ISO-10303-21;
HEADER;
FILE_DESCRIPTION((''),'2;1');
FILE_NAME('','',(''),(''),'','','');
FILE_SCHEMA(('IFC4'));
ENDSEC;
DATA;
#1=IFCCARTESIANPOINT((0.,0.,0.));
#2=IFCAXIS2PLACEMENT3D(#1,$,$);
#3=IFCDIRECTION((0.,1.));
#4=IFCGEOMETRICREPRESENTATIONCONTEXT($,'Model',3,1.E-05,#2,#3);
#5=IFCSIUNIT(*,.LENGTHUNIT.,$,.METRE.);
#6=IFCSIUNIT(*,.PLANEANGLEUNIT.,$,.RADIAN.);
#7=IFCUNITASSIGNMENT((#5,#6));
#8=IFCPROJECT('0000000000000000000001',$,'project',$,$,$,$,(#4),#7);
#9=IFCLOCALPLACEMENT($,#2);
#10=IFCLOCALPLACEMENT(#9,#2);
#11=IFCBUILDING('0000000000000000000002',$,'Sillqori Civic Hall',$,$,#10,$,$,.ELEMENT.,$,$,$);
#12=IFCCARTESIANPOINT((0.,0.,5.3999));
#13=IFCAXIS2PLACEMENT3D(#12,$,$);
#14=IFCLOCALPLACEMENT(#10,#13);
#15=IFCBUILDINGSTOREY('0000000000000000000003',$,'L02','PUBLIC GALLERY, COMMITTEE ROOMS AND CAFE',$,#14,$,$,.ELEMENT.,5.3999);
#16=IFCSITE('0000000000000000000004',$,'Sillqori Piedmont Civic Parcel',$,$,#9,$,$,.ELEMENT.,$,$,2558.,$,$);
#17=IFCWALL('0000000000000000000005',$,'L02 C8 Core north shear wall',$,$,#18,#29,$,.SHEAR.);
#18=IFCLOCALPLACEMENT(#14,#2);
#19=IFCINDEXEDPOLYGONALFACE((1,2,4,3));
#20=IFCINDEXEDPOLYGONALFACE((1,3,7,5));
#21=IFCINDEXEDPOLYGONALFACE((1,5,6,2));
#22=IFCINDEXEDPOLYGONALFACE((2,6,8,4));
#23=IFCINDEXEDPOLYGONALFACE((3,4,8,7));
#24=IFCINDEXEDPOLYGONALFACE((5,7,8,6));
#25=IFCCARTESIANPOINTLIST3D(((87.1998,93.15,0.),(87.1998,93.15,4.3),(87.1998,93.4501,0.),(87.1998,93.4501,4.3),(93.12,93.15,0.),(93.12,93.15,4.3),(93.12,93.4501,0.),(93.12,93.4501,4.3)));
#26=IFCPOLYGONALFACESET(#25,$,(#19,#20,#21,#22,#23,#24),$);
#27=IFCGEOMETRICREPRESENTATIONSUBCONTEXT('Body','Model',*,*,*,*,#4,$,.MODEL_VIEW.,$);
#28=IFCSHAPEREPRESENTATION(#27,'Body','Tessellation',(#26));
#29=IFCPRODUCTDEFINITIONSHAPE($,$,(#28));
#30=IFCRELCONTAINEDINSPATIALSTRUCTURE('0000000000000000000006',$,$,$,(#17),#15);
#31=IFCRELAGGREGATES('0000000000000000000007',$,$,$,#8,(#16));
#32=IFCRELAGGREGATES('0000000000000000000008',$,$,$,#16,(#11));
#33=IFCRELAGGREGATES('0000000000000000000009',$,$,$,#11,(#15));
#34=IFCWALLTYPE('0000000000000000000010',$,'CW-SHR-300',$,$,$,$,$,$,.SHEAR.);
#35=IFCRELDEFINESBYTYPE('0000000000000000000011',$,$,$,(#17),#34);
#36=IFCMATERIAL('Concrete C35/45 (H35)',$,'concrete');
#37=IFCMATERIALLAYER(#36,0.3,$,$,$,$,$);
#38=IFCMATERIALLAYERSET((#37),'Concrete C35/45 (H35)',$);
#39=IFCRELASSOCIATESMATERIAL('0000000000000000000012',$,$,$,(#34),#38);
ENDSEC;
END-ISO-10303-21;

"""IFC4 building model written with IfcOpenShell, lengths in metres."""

from ifc_helpers import new_model, si_unit, direction, frame, frame_2d, origin, place, context, subcontext, project, spatial, rectangle, extrude, material, layer, layer_set, type_object, element, save


model = new_model("IFC4")

# Units and contexts
model_context = context("Model", 3, precision=1e-05, world=origin(), true_north=direction((0.0, 1.0)))
body_context = subcontext(model_context, "Body", "Model", "MODEL_VIEW")
ifc_project = project(units=[si_unit("LENGTHUNIT", "METRE"), si_unit("PLANEANGLEUNIT", "RADIAN")], contexts=[model_context])

# Site, building, storey
site_placement = place(None, origin())
site = spatial("IfcSite", under=ifc_project, at=site_placement, Name="Sillqori Piedmont Civic Parcel", CompositionType="ELEMENT", RefElevation=2558.0)
building_placement = place(site_placement, origin())
building = spatial("IfcBuilding", under=site, at=building_placement, Name="Sillqori Civic Hall", CompositionType="ELEMENT")
storey_placement = place(building_placement, frame((0.0, 0.0, 5.3999)))
storey = spatial("IfcBuildingStorey", under=building, at=storey_placement, Name="L02", Description="PUBLIC GALLERY, COMMITTEE ROOMS AND CAFE", CompositionType="ELEMENT", Elevation=5.3999)

# Shared definitions
ifc_material_1 = material(Name="Concrete C35/45 (H35)", Category="concrete")

# Wall
ifc_layer_1 = layer(ifc_material_1, 0.3)
ifc_layer_set_1 = layer_set([ifc_layer_1], Name="Concrete C35/45 (H35)")
wall_type_1 = type_object("IfcWallType", Name="CW-SHR-300", PredefinedType="SHEAR", material=ifc_layer_set_1)
wall_1_placement = place(storey_placement, frame((87.2, 93.3, 0.0), z_axis=(0.0, 0.0, 1.0), x_axis=(1.0, 0.0, 0.0)))
element("IfcWall", 1, at=wall_1_placement, inside=storey, type_object=wall_type_1, Name="L02 C8 Core north shear wall", PredefinedType="SHEAR", context=body_context, shape_type="SweptSolid", body=[
    extrude(rectangle(XDim=5.9202, YDim=0.3, at=frame_2d((2.96, 0.0))), origin(), (0.0, 0.0, 1.0), 4.3),
])

save(model, "model.ifc")
